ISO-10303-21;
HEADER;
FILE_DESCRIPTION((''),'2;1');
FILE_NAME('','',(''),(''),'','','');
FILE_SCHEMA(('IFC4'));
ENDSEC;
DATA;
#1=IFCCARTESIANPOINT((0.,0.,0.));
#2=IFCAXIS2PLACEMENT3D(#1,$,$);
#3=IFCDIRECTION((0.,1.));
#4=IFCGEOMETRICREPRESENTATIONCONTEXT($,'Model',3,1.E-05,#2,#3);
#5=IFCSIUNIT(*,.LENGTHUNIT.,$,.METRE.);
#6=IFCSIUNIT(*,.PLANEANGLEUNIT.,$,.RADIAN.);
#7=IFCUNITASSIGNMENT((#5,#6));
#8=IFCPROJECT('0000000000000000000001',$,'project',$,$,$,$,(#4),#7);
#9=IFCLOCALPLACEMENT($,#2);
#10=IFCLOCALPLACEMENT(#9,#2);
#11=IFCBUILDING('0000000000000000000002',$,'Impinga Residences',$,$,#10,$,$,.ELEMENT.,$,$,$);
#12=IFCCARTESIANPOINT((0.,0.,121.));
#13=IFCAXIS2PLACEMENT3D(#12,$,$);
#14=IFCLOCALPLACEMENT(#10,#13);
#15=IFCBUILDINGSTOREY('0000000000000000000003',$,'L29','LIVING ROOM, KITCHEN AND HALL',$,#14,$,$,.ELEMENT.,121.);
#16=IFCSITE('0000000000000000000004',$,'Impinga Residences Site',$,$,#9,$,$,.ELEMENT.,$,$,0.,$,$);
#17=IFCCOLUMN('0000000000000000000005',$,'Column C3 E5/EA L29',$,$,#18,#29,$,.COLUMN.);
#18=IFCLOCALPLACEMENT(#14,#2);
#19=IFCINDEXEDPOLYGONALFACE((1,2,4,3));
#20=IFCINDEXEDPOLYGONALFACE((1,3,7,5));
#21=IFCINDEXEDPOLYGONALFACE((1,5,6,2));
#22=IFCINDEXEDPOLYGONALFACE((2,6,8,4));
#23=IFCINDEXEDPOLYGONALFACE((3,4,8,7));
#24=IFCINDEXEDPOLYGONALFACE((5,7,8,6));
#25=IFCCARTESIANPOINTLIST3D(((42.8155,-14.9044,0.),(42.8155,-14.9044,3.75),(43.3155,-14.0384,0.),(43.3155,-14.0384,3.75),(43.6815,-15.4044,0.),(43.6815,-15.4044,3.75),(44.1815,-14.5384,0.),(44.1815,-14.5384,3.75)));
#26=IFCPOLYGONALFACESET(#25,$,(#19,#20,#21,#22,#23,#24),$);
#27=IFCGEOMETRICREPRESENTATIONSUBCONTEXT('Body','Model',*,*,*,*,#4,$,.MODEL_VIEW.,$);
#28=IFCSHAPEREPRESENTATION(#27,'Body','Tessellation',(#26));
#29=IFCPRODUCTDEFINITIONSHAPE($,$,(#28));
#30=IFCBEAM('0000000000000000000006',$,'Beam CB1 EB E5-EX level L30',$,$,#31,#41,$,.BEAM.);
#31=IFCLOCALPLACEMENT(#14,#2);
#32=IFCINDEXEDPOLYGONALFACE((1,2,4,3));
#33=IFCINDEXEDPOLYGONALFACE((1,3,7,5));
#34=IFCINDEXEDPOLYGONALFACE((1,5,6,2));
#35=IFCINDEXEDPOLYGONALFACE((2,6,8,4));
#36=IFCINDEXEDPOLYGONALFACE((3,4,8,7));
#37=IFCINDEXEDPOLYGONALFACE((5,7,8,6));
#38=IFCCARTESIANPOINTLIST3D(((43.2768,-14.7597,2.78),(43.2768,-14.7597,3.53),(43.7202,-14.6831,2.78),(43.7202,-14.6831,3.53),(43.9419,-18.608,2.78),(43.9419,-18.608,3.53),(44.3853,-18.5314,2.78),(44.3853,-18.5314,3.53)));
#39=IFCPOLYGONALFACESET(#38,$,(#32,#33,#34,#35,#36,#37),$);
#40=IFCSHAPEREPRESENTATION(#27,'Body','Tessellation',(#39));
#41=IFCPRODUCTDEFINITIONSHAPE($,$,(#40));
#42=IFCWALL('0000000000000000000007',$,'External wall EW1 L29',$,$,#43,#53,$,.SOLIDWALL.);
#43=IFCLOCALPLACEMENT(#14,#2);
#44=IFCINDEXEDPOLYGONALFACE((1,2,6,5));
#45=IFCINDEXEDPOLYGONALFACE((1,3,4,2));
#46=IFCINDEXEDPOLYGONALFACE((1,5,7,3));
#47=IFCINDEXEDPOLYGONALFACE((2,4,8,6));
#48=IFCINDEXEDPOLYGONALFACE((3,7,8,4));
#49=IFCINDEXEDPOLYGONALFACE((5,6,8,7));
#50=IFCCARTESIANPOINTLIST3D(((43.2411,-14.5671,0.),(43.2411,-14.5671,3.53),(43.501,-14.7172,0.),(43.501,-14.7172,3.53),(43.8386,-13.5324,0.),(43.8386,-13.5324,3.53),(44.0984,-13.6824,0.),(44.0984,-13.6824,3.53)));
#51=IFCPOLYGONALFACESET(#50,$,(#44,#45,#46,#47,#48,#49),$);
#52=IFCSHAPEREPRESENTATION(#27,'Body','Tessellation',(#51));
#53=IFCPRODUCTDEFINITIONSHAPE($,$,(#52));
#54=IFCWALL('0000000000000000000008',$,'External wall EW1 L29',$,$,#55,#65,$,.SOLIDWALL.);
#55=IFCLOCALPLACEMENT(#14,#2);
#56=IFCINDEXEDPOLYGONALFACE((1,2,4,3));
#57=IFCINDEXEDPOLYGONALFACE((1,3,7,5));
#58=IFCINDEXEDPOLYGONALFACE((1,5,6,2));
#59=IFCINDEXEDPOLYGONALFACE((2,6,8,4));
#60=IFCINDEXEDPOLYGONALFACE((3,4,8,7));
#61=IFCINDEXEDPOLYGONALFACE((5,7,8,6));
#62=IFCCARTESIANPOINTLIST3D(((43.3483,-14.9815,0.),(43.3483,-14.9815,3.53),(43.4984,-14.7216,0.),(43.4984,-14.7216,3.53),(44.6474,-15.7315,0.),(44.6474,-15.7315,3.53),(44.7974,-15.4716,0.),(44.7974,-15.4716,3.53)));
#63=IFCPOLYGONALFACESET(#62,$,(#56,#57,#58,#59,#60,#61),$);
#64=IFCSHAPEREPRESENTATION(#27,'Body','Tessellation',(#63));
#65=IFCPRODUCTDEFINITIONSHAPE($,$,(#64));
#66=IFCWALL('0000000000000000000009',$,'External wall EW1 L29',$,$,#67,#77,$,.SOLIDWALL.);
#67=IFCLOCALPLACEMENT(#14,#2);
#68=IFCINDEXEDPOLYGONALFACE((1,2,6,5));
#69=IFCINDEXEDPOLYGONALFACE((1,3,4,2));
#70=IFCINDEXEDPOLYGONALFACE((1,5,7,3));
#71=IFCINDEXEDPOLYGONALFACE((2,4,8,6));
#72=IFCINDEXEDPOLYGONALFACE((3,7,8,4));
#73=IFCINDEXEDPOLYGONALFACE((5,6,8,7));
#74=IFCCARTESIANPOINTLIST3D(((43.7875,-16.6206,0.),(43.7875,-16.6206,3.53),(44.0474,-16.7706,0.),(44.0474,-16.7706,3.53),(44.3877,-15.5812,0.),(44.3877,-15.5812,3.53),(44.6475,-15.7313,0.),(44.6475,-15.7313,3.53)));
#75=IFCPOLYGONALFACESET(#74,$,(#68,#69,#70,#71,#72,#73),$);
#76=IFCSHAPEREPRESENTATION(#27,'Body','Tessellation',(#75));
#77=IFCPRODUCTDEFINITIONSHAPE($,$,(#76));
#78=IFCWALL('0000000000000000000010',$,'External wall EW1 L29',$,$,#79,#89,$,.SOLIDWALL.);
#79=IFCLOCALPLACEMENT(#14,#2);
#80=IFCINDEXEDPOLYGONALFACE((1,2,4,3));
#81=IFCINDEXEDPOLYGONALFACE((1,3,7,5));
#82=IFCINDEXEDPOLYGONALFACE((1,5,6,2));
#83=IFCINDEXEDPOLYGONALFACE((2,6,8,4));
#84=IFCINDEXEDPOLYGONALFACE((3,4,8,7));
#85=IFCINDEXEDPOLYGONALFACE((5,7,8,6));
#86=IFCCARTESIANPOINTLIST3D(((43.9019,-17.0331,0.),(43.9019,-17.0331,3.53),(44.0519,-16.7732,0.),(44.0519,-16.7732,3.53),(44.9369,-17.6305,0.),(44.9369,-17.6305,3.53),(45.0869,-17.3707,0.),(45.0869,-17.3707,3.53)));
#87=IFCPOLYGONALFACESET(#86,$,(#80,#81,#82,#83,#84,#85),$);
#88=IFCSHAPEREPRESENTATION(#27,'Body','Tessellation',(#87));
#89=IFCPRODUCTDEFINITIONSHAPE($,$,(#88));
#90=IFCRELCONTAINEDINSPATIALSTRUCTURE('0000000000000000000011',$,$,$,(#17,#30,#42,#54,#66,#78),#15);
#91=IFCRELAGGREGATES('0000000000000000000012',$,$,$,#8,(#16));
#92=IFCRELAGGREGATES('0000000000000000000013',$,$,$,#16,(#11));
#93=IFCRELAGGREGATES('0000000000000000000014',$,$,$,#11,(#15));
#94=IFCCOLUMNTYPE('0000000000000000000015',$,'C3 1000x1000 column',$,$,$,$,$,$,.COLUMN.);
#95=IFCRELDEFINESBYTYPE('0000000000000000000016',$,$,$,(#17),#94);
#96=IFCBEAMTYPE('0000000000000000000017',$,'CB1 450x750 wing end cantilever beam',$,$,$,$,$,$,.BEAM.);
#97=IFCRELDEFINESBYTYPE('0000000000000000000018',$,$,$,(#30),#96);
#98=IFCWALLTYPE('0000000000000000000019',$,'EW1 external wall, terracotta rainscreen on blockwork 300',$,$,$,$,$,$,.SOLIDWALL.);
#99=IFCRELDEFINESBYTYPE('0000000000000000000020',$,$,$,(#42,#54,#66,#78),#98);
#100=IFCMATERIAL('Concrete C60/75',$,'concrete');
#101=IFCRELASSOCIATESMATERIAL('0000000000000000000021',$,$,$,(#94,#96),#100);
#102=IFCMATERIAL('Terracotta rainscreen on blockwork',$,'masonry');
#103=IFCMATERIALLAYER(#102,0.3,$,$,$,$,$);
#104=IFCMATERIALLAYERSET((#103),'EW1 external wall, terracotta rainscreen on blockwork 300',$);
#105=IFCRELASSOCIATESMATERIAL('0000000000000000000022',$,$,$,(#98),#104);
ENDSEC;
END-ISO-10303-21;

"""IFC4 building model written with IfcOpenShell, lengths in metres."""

from ifc_helpers import new_model, si_unit, direction, frame, frame_2d, origin, origin_2d, place, context, subcontext, project, spatial, rectangle, extrude, material, layer, layer_set, material_profile, profile_set, type_object, element, save


model = new_model("IFC4")

# Units and contexts
model_context = context("Model", 3, precision=1e-05, world=origin(), true_north=direction((0.0, 1.0)))
body_context = subcontext(model_context, "Body", "Model", "MODEL_VIEW")
ifc_project = project(units=[si_unit("LENGTHUNIT", "METRE"), si_unit("PLANEANGLEUNIT", "RADIAN")], contexts=[model_context])

# Site, building, storey
site_placement = place(None, origin())
site = spatial("IfcSite", under=ifc_project, at=site_placement, Name="Impinga Residences Site", CompositionType="ELEMENT", RefElevation=0.0)
building_placement = place(site_placement, origin())
building = spatial("IfcBuilding", under=site, at=building_placement, Name="Impinga Residences", CompositionType="ELEMENT")
storey_placement = place(building_placement, frame((0.0, 0.0, 121.0)))
storey = spatial("IfcBuildingStorey", under=building, at=storey_placement, Name="L29", Description="LIVING ROOM, KITCHEN AND HALL", CompositionType="ELEMENT", Elevation=121.0)

# Column
ifc_material_1 = material(Name="Concrete C60/75", Category="concrete")
ifc_material_profile_1 = material_profile(ifc_material_1, rectangle(XDim=1.0, YDim=1.0, at=origin_2d()), Name="RC 1000x1000")
ifc_profile_set_1 = profile_set([ifc_material_profile_1], Name="Concrete C60/75")
column_type = type_object("IfcColumnType", Name="C3 1000x1000 column", PredefinedType="COLUMN", material=ifc_profile_set_1)
column_placement = place(storey_placement, frame((43.4985, -14.7214, 0.0), z_axis=(0.0, 0.0, 1.0), x_axis=(-0.5, -0.866025, 0.0)))
element("IfcColumn", 1, at=column_placement, inside=storey, type_object=column_type, Name="Column C3 E5/EA L29", PredefinedType="COLUMN", context=body_context, shape_type="SweptSolid", body=[
    extrude(rectangle(XDim=1.0, YDim=1.0, at=origin_2d()), origin(), (0.0, 0.0, 1.0), 3.75),
])

# Beam
ifc_material_profile_2 = material_profile(ifc_material_1, rectangle(XDim=0.45, YDim=0.75, at=origin_2d()), Name="RC 450x750")
ifc_profile_set_2 = profile_set([ifc_material_profile_2], Name="Concrete C60/75")
beam_type = type_object("IfcBeamType", Name="CB1 450x750 wing end cantilever beam", PredefinedType="BEAM", material=ifc_profile_set_2)
beam_placement = place(storey_placement, frame((43.4985, -14.7214, 3.155), z_axis=(0.170296, -0.985393, 0.0), x_axis=(0.985393, 0.170296, 0.0)))
element("IfcBeam", 2, at=beam_placement, inside=storey, type_object=beam_type, Name="Beam CB1 EB E5-EX level L30", PredefinedType="BEAM", context=body_context, shape_type="SweptSolid", body=[
    extrude(rectangle(XDim=0.45, YDim=0.75, at=origin_2d()), origin(), (0.0, 0.0, 1.0), 3.9053),
])

# Walls
ifc_material_2 = material(Name="Terracotta rainscreen on blockwork", Category="masonry")
ifc_layer_1 = layer(ifc_material_2, 0.3)
ifc_layer_set_1 = layer_set([ifc_layer_1], Name="EW1 external wall, terracotta rainscreen on blockwork 300")
wall_type_1 = type_object("IfcWallType", Name="EW1 external wall, terracotta rainscreen on blockwork 300", PredefinedType="SOLIDWALL", material=ifc_layer_set_1)
wall_1_placement = place(storey_placement, frame((43.9685, -13.6074, 0.0), z_axis=(0.0, 0.0, 1.0), x_axis=(-0.500029, -0.866009, 0.0)))
element("IfcWall", 3, at=wall_1_placement, inside=storey, type_object=wall_type_1, Name="External wall EW1 L29", PredefinedType="SOLIDWALL", context=body_context, shape_type="SweptSolid", body=[
    extrude(rectangle(XDim=1.1948, YDim=0.3, at=frame_2d((0.5974, 0.0))), origin(), (0.0, 0.0, 1.0), 3.53),
])
wall_2_placement = place(storey_placement, frame((43.4233, -14.8516, 0.0), z_axis=(0.0, 0.0, 1.0), x_axis=(0.866031, -0.49999, 0.0)))
element("IfcWall", 4, at=wall_2_placement, inside=storey, type_object=wall_type_1, Name="External wall EW1 L29", PredefinedType="SOLIDWALL", context=body_context, shape_type="SweptSolid", body=[
    extrude(rectangle(XDim=1.5, YDim=0.3, at=frame_2d((0.75, 0.0))), origin(), (0.0, 0.0, 1.0), 3.53),
])
wall_3_placement = place(storey_placement, frame((44.5176, -15.6562, 0.0), z_axis=(0.0, 0.0, 1.0), x_axis=(-0.500034, -0.866006, 0.0)))
element("IfcWall", 5, at=wall_3_placement, inside=storey, type_object=wall_type_1, Name="External wall EW1 L29", PredefinedType="SOLIDWALL", context=body_context, shape_type="SweptSolid", body=[
    extrude(rectangle(XDim=1.2002, YDim=0.3, at=frame_2d((0.6001, 0.0))), origin(), (0.0, 0.0, 1.0), 3.53),
])
wall_4_placement = place(storey_placement, frame((43.9768, -16.9031, 0.0), z_axis=(0.0, 0.0, 1.0), x_axis=(0.86606, -0.499941, 0.0)))
element("IfcWall", 6, at=wall_4_placement, inside=storey, type_object=wall_type_1, Name="External wall EW1 L29", PredefinedType="SOLIDWALL", context=body_context, shape_type="SweptSolid", body=[
    extrude(rectangle(XDim=1.1951, YDim=0.3, at=frame_2d((0.5977, 0.0))), origin(), (0.0, 0.0, 1.0), 3.53),
])

save(model, "model.ifc")
